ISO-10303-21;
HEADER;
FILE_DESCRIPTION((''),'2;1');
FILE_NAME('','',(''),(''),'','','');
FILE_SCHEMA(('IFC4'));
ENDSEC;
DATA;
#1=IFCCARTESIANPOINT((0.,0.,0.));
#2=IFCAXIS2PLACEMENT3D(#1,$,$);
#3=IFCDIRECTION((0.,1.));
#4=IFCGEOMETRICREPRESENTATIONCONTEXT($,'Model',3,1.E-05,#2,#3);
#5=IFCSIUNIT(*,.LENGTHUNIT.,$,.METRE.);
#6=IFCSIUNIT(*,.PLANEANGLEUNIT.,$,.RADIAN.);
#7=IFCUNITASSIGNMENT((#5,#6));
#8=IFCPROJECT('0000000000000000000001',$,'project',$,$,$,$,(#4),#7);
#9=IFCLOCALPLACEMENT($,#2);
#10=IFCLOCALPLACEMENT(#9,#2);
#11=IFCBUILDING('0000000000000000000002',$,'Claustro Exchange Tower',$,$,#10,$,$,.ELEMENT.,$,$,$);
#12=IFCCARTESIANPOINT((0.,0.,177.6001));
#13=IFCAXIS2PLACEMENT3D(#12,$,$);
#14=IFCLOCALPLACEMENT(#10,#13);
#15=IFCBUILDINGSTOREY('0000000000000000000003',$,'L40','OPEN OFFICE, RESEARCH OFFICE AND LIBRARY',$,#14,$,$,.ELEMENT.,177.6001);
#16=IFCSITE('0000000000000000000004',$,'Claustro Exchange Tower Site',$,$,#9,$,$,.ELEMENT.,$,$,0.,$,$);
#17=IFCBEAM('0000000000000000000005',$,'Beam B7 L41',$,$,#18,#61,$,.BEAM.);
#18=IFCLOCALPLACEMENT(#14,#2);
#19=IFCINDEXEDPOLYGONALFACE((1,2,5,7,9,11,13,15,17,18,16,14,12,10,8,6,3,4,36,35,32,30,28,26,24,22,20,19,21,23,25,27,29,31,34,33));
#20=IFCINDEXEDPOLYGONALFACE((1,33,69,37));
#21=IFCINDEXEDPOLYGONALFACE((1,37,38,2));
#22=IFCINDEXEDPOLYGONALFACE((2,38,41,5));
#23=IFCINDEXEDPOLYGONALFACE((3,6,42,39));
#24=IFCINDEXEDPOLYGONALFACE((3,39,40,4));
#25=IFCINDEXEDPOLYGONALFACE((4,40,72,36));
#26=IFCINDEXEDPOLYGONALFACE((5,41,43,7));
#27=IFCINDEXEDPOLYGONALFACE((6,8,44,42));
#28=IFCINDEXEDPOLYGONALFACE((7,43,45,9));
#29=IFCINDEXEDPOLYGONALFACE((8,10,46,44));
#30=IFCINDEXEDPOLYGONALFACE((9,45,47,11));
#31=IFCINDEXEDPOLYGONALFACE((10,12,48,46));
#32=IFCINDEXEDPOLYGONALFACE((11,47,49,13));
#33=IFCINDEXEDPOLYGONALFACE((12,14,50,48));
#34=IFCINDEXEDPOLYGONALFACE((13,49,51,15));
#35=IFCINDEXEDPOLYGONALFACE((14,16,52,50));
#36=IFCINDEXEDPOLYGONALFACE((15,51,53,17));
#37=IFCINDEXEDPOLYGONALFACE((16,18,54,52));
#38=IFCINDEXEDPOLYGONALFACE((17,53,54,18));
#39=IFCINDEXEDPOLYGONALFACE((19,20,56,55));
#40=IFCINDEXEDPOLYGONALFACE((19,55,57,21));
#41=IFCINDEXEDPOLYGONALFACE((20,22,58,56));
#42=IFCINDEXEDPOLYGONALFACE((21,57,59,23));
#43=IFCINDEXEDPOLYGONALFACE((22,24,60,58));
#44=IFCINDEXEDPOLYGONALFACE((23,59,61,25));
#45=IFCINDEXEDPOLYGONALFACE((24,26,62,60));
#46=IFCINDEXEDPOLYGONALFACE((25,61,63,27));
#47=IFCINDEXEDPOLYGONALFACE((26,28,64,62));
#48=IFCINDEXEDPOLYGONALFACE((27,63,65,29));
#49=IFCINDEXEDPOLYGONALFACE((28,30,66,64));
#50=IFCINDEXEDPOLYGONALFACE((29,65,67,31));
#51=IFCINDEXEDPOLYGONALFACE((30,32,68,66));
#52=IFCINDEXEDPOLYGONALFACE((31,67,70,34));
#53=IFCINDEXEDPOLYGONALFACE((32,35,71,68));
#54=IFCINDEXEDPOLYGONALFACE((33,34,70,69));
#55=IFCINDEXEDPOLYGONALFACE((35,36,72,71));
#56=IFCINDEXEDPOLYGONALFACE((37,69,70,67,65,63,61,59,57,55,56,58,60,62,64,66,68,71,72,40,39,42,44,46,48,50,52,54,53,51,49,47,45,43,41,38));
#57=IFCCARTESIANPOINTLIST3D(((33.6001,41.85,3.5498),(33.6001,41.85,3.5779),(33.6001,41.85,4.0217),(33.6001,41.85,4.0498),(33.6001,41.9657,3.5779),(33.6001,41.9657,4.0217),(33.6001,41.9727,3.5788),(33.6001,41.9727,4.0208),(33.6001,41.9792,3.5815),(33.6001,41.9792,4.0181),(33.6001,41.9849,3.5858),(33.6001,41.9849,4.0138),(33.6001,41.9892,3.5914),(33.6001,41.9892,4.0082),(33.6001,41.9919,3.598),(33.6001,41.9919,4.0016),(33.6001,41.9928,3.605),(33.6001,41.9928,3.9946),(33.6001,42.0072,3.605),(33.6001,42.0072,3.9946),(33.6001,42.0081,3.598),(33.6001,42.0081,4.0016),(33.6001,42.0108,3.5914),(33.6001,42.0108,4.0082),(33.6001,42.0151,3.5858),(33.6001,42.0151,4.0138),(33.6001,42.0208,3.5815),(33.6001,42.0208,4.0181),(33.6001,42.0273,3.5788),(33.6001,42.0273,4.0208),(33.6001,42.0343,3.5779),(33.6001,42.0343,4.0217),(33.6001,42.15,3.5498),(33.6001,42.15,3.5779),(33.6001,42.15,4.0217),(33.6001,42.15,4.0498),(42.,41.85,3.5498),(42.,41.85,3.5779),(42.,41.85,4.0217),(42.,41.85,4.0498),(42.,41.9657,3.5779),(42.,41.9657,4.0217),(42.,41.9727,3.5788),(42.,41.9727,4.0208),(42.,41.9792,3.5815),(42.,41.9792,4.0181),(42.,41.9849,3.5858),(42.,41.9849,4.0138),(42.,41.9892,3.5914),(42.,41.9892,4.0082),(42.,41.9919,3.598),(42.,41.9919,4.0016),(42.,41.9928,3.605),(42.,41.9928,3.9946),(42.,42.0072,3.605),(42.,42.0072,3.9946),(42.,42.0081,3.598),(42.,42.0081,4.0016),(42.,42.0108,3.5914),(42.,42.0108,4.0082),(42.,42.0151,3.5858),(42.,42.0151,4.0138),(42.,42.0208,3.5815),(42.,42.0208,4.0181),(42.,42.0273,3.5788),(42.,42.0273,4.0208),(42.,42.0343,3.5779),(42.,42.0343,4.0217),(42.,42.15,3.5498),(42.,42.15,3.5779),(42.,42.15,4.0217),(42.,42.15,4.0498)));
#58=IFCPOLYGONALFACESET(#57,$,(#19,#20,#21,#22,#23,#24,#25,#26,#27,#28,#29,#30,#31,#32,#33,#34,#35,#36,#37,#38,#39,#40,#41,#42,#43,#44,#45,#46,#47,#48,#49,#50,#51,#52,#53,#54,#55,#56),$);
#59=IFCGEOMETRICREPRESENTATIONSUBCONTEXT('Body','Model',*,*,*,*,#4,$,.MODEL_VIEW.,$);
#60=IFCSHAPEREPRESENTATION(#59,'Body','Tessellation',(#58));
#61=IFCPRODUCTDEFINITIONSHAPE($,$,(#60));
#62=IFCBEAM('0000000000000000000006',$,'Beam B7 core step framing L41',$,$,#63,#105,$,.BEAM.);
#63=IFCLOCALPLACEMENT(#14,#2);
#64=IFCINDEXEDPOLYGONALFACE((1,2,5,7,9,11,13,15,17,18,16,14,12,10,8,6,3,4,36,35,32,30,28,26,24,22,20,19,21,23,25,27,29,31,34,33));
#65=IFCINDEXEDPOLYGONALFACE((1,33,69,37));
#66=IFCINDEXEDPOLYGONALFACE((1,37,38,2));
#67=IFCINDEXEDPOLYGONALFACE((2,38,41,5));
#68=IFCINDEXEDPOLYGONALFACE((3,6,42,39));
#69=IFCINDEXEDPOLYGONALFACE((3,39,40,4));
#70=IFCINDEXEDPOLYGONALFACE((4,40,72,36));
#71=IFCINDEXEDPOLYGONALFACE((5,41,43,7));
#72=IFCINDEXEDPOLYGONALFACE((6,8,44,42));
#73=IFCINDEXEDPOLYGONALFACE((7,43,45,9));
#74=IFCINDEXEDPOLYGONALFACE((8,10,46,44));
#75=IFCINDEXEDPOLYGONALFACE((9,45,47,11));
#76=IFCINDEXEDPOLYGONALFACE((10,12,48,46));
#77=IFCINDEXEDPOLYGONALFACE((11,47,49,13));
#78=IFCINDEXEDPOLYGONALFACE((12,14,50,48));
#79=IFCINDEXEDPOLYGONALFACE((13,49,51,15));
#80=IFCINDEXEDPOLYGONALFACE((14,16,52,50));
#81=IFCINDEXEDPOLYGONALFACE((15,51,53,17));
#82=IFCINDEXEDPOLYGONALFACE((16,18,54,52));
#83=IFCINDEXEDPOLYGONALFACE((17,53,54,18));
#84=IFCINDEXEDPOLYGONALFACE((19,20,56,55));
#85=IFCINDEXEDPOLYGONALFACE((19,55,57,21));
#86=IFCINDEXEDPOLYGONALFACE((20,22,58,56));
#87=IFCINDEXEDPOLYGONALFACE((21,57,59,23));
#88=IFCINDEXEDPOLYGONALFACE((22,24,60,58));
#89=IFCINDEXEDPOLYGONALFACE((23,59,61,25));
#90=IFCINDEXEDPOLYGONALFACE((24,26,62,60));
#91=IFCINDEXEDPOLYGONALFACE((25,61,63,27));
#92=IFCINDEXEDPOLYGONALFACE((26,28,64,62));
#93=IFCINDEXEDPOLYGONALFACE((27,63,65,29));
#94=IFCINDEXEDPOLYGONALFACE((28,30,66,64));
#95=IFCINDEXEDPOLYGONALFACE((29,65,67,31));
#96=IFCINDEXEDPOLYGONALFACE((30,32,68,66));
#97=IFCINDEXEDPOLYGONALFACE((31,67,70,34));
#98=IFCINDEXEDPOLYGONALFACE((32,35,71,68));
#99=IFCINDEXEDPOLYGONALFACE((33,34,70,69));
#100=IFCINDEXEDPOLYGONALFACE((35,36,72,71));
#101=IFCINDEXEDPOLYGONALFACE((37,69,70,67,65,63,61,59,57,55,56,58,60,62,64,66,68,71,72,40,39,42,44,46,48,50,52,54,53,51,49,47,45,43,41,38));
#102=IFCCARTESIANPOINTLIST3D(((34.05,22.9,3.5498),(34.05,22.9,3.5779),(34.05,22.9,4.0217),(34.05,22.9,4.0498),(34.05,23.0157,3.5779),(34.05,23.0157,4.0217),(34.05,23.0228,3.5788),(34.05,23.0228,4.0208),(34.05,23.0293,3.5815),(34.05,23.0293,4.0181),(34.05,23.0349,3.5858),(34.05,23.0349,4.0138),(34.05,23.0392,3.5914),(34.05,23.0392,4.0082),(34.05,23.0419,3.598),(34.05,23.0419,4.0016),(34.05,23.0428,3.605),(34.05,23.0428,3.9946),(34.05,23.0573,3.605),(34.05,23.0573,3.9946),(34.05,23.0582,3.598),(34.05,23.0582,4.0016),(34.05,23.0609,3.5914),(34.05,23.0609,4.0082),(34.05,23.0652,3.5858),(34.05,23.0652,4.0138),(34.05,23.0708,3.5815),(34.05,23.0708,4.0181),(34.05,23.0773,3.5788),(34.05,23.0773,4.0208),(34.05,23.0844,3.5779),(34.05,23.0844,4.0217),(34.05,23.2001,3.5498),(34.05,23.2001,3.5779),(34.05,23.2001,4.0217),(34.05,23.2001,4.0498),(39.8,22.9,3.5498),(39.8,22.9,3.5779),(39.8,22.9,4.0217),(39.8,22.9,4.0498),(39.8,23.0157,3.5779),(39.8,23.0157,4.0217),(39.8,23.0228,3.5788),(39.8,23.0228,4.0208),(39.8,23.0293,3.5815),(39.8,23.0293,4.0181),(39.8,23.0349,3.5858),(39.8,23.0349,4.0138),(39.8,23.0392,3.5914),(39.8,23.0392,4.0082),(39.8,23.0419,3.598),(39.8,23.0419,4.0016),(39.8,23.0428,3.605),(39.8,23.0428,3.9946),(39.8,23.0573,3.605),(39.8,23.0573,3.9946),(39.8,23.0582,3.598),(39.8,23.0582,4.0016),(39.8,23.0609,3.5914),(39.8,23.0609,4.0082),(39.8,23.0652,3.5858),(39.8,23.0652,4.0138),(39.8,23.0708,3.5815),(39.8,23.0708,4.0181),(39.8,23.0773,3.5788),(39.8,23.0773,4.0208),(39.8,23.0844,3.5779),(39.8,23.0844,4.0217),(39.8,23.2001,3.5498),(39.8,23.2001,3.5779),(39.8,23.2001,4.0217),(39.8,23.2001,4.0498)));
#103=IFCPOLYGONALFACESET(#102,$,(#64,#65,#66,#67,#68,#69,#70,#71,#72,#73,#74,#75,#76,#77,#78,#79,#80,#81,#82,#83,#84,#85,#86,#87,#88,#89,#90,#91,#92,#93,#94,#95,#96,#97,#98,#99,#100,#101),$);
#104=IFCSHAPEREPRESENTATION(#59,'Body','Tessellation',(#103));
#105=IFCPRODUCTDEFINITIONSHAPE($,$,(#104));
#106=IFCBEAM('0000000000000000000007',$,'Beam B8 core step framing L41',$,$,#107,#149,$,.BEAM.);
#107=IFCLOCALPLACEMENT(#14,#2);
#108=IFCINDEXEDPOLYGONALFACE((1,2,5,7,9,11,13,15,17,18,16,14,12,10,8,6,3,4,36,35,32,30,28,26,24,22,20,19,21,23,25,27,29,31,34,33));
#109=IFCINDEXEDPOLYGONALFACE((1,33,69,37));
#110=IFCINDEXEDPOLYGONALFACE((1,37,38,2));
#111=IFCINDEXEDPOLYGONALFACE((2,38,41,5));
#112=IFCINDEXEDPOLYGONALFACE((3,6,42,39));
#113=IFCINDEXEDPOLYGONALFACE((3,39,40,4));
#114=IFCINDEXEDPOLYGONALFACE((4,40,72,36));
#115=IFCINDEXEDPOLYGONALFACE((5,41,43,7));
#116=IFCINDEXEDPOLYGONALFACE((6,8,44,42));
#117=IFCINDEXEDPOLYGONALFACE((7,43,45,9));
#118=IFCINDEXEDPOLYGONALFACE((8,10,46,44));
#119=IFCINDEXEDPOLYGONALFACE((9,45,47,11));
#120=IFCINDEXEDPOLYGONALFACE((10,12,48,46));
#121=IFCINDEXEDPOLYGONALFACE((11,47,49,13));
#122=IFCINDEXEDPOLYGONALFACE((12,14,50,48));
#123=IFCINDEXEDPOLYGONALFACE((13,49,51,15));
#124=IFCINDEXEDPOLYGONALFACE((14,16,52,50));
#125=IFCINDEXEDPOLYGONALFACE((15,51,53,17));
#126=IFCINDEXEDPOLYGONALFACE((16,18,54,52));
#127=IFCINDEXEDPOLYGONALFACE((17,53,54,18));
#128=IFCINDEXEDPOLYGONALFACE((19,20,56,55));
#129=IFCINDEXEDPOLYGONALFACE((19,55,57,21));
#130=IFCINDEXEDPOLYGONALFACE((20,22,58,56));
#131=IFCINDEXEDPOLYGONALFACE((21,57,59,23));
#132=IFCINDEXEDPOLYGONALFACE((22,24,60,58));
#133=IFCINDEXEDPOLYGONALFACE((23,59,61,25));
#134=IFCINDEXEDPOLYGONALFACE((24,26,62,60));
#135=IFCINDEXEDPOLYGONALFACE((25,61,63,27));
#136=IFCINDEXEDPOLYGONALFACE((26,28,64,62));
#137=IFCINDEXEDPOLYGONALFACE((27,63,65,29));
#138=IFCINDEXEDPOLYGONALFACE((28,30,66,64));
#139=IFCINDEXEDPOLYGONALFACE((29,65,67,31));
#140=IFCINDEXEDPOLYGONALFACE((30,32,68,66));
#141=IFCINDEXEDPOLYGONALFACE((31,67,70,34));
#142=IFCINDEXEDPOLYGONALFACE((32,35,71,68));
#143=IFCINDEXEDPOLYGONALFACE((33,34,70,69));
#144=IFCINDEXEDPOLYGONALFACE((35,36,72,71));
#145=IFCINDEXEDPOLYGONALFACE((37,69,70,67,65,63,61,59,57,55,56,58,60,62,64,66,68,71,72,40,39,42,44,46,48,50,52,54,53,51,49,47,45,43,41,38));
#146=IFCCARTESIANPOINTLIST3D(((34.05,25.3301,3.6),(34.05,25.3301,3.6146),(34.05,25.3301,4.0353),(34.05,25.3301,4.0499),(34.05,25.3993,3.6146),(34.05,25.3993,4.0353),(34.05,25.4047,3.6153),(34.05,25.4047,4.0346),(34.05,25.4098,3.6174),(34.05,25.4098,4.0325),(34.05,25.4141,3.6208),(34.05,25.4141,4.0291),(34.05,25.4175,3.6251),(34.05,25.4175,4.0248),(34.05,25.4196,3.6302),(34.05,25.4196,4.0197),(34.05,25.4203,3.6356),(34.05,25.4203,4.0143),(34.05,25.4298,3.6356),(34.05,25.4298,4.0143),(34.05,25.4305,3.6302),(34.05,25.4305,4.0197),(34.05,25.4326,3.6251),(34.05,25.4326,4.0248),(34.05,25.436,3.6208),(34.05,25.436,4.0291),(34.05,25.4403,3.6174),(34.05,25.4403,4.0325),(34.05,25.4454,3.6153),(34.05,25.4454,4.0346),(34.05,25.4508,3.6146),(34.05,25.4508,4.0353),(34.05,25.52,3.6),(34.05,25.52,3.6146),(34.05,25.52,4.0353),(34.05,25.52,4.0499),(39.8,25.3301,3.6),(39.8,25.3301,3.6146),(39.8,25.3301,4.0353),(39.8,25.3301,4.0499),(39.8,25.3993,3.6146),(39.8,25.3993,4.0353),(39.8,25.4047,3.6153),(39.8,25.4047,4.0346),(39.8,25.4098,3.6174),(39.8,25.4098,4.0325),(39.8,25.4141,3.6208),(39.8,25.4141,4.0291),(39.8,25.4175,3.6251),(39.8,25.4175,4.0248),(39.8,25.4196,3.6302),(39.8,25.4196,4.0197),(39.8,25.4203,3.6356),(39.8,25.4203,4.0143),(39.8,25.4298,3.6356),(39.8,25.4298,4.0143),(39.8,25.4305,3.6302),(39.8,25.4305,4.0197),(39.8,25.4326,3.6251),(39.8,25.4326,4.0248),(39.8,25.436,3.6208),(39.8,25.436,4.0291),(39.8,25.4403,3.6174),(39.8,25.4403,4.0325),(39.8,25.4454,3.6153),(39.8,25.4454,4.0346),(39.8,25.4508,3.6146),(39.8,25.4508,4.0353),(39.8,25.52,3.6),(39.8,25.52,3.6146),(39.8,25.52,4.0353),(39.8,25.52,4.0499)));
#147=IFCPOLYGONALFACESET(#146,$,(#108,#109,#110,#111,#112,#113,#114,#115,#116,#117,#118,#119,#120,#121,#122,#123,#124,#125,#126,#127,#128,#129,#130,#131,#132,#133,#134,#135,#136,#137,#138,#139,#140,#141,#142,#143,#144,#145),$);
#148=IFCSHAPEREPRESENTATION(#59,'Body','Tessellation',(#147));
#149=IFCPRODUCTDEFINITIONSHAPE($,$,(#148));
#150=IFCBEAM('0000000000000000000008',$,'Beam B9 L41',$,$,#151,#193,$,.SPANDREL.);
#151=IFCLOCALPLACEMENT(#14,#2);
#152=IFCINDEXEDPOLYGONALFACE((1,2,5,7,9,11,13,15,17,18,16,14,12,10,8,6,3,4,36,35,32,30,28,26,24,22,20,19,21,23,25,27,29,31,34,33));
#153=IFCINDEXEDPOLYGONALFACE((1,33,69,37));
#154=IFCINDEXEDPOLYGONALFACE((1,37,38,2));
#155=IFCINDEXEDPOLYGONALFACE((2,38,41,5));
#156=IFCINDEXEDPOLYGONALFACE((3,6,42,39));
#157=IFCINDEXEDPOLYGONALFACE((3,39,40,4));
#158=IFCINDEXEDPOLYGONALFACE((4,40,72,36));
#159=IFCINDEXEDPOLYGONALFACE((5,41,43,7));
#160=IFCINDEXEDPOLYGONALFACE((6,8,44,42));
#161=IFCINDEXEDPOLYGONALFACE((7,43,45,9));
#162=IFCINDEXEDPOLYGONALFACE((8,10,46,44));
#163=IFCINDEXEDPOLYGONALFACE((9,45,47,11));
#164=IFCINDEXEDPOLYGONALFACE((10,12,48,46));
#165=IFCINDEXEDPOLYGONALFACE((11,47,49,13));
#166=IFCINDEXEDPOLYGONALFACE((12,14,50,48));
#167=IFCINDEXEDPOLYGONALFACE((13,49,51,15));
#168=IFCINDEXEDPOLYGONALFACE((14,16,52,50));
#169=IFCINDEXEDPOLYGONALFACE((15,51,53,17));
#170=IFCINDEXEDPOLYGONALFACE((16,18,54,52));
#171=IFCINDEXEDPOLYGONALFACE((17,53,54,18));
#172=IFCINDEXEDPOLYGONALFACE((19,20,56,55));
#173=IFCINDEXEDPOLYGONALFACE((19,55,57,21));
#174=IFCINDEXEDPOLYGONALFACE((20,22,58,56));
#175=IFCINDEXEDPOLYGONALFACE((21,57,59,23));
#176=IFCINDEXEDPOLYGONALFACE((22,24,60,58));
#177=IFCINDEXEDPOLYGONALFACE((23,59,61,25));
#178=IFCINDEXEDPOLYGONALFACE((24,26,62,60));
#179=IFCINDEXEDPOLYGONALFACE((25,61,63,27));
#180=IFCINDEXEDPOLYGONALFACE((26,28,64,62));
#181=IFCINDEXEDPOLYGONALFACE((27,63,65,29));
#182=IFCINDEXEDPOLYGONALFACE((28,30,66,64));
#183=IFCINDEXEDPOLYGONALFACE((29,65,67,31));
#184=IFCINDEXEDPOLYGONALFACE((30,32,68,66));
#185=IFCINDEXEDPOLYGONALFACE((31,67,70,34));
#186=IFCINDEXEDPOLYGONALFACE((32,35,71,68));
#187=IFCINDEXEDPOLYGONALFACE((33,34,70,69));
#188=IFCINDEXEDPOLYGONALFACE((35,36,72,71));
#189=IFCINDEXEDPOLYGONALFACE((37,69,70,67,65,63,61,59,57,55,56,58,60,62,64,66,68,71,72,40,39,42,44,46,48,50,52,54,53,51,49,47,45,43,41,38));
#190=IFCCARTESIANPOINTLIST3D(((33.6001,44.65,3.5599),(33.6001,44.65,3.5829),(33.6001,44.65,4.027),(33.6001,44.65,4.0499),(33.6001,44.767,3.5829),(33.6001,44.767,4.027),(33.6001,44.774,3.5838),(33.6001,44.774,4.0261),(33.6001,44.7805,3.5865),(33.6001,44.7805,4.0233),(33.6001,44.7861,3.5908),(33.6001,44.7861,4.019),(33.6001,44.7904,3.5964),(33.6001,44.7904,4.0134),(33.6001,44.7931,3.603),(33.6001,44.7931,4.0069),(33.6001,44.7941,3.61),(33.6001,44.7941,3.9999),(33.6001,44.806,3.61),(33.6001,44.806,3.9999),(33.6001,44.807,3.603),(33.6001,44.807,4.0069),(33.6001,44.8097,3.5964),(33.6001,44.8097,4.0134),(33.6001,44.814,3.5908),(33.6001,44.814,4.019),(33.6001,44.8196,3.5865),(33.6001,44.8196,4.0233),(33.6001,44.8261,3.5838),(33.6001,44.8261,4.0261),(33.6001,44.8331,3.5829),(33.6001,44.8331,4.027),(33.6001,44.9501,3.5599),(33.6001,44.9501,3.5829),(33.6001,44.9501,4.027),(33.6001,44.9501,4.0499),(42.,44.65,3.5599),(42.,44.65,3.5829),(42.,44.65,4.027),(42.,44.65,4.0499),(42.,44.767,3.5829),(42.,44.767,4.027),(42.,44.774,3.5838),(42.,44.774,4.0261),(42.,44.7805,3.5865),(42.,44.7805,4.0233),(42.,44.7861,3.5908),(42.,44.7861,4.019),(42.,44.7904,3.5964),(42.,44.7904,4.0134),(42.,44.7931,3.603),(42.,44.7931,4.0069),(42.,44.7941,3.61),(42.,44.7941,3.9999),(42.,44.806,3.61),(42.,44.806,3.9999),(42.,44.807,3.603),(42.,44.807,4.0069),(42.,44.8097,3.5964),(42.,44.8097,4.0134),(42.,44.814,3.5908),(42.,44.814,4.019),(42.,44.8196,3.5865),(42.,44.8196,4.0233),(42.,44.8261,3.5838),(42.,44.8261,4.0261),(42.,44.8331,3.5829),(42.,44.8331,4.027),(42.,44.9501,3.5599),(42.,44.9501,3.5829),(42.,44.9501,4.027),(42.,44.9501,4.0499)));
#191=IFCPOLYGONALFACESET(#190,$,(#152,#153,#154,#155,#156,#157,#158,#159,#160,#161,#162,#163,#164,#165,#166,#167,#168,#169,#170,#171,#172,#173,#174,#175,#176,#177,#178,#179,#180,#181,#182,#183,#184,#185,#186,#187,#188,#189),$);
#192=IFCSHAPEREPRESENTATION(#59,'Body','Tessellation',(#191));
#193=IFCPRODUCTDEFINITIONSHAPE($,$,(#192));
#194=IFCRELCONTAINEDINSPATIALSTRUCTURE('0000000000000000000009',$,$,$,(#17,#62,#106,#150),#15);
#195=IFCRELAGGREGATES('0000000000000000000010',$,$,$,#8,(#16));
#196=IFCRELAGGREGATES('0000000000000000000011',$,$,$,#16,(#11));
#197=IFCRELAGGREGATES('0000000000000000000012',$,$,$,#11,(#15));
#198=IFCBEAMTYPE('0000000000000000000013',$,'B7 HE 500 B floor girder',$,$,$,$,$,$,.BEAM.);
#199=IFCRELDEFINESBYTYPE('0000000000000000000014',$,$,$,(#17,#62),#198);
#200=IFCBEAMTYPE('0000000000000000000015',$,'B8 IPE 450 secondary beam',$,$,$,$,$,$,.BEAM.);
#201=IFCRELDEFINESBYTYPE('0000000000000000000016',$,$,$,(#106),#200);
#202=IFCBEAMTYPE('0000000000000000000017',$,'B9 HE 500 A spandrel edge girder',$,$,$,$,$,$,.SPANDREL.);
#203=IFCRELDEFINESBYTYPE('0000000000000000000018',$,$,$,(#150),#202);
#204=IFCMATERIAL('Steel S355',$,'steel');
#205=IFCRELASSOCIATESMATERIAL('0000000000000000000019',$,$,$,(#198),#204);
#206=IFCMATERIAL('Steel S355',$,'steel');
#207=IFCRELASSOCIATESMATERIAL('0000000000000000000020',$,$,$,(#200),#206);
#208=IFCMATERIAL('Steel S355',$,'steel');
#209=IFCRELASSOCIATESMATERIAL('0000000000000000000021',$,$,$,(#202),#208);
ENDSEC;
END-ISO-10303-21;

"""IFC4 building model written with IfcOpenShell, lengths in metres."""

from ifc_helpers import new_model, si_unit, direction, frame, origin, origin_2d, place, context, subcontext, project, spatial, i_section, extrude, material, material_profile, profile_set, type_object, element, save


model = new_model("IFC4")

# Units and contexts
model_context = context("Model", 3, precision=1e-05, world=origin(), true_north=direction((0.0, 1.0)))
body_context = subcontext(model_context, "Body", "Model", "MODEL_VIEW")
ifc_project = project(units=[si_unit("LENGTHUNIT", "METRE"), si_unit("PLANEANGLEUNIT", "RADIAN")], contexts=[model_context])

# Site, building, storey
site_placement = place(None, origin())
site = spatial("IfcSite", under=ifc_project, at=site_placement, Name="Claustro Exchange Tower Site", CompositionType="ELEMENT", RefElevation=0.0)
building_placement = place(site_placement, origin())
building = spatial("IfcBuilding", under=site, at=building_placement, Name="Claustro Exchange Tower", CompositionType="ELEMENT")
storey_placement = place(building_placement, frame((0.0, 0.0, 177.6001)))
storey = spatial("IfcBuildingStorey", under=building, at=storey_placement, Name="L40", Description="OPEN OFFICE, RESEARCH OFFICE AND LIBRARY", CompositionType="ELEMENT", Elevation=177.6001)

# Beams
ifc_material_1 = material(Name="Steel S355", Category="steel")
ifc_material_profile_1 = material_profile(ifc_material_1, i_section(OverallWidth=0.3, OverallDepth=0.5, WebThickness=0.0144, FlangeThickness=0.0281, FilletRadius=0.0271, at=origin_2d()), Name="HE 500 B")
ifc_profile_set_1 = profile_set([ifc_material_profile_1], Name="Steel S355")
beam_type_1 = type_object("IfcBeamType", Name="B7 HE 500 B floor girder", PredefinedType="BEAM", material=ifc_profile_set_1)
beam_1_placement = place(storey_placement, frame((33.6001, 42.0, 3.7998), z_axis=(1.0, 0.0, 0.0), x_axis=(0.0, 1.0, 0.0)))
element("IfcBeam", 1, at=beam_1_placement, inside=storey, type_object=beam_type_1, Name="Beam B7 L41", PredefinedType="BEAM", context=body_context, shape_type="SweptSolid", body=[
    extrude(i_section(OverallWidth=0.3, OverallDepth=0.5, WebThickness=0.0144, FlangeThickness=0.0281, FilletRadius=0.0271, at=origin_2d()), origin(), (0.0, 0.0, 1.0), 8.3999),
])
beam_2_placement = place(storey_placement, frame((34.05, 23.05, 3.7998), z_axis=(1.0, 0.0, 0.0), x_axis=(0.0, 1.0, 0.0)))
element("IfcBeam", 2, at=beam_2_placement, inside=storey, type_object=beam_type_1, Name="Beam B7 core step framing L41", PredefinedType="BEAM", context=body_context, shape_type="SweptSolid", body=[
    extrude(i_section(OverallWidth=0.3, OverallDepth=0.5, WebThickness=0.0144, FlangeThickness=0.0281, FilletRadius=0.0271, at=origin_2d()), origin(), (0.0, 0.0, 1.0), 5.75),
])
ifc_material_2 = material(Name="Steel S355", Category="steel")
ifc_material_profile_2 = material_profile(ifc_material_2, i_section(OverallWidth=0.1899, OverallDepth=0.45, WebThickness=0.0095, FlangeThickness=0.0146, FilletRadius=0.021, at=origin_2d()), Name="IPE 450")
ifc_profile_set_2 = profile_set([ifc_material_profile_2], Name="Steel S355")
beam_type_2 = type_object("IfcBeamType", Name="B8 IPE 450 secondary beam", PredefinedType="BEAM", material=ifc_profile_set_2)
beam_3_placement = place(storey_placement, frame((34.05, 25.425, 3.825), z_axis=(1.0, 0.0, 0.0), x_axis=(0.0, 1.0, 0.0)))
element("IfcBeam", 3, at=beam_3_placement, inside=storey, type_object=beam_type_2, Name="Beam B8 core step framing L41", PredefinedType="BEAM", context=body_context, shape_type="SweptSolid", body=[
    extrude(i_section(OverallWidth=0.1899, OverallDepth=0.45, WebThickness=0.0095, FlangeThickness=0.0146, FilletRadius=0.021, at=origin_2d()), origin(), (0.0, 0.0, 1.0), 5.75),
])
ifc_material_3 = material(Name="Steel S355", Category="steel")
ifc_material_profile_3 = material_profile(ifc_material_3, i_section(OverallWidth=0.3, OverallDepth=0.49, WebThickness=0.012, FlangeThickness=0.0229, FilletRadius=0.0271, at=origin_2d()), Name="HE 500 A")
ifc_profile_set_3 = profile_set([ifc_material_profile_3], Name="Steel S355")
beam_type_3 = type_object("IfcBeamType", Name="B9 HE 500 A spandrel edge girder", PredefinedType="SPANDREL", material=ifc_profile_set_3)
beam_4_placement = place(storey_placement, frame((33.6001, 44.8, 3.8049), z_axis=(1.0, 0.0, 0.0), x_axis=(0.0, 1.0, 0.0)))
element("IfcBeam", 4, at=beam_4_placement, inside=storey, type_object=beam_type_3, Name="Beam B9 L41", PredefinedType="SPANDREL", context=body_context, shape_type="SweptSolid", body=[
    extrude(i_section(OverallWidth=0.3, OverallDepth=0.49, WebThickness=0.012, FlangeThickness=0.0229, FilletRadius=0.0271, at=origin_2d()), origin(), (0.0, 0.0, 1.0), 8.3999),
])

save(model, "model.ifc")
